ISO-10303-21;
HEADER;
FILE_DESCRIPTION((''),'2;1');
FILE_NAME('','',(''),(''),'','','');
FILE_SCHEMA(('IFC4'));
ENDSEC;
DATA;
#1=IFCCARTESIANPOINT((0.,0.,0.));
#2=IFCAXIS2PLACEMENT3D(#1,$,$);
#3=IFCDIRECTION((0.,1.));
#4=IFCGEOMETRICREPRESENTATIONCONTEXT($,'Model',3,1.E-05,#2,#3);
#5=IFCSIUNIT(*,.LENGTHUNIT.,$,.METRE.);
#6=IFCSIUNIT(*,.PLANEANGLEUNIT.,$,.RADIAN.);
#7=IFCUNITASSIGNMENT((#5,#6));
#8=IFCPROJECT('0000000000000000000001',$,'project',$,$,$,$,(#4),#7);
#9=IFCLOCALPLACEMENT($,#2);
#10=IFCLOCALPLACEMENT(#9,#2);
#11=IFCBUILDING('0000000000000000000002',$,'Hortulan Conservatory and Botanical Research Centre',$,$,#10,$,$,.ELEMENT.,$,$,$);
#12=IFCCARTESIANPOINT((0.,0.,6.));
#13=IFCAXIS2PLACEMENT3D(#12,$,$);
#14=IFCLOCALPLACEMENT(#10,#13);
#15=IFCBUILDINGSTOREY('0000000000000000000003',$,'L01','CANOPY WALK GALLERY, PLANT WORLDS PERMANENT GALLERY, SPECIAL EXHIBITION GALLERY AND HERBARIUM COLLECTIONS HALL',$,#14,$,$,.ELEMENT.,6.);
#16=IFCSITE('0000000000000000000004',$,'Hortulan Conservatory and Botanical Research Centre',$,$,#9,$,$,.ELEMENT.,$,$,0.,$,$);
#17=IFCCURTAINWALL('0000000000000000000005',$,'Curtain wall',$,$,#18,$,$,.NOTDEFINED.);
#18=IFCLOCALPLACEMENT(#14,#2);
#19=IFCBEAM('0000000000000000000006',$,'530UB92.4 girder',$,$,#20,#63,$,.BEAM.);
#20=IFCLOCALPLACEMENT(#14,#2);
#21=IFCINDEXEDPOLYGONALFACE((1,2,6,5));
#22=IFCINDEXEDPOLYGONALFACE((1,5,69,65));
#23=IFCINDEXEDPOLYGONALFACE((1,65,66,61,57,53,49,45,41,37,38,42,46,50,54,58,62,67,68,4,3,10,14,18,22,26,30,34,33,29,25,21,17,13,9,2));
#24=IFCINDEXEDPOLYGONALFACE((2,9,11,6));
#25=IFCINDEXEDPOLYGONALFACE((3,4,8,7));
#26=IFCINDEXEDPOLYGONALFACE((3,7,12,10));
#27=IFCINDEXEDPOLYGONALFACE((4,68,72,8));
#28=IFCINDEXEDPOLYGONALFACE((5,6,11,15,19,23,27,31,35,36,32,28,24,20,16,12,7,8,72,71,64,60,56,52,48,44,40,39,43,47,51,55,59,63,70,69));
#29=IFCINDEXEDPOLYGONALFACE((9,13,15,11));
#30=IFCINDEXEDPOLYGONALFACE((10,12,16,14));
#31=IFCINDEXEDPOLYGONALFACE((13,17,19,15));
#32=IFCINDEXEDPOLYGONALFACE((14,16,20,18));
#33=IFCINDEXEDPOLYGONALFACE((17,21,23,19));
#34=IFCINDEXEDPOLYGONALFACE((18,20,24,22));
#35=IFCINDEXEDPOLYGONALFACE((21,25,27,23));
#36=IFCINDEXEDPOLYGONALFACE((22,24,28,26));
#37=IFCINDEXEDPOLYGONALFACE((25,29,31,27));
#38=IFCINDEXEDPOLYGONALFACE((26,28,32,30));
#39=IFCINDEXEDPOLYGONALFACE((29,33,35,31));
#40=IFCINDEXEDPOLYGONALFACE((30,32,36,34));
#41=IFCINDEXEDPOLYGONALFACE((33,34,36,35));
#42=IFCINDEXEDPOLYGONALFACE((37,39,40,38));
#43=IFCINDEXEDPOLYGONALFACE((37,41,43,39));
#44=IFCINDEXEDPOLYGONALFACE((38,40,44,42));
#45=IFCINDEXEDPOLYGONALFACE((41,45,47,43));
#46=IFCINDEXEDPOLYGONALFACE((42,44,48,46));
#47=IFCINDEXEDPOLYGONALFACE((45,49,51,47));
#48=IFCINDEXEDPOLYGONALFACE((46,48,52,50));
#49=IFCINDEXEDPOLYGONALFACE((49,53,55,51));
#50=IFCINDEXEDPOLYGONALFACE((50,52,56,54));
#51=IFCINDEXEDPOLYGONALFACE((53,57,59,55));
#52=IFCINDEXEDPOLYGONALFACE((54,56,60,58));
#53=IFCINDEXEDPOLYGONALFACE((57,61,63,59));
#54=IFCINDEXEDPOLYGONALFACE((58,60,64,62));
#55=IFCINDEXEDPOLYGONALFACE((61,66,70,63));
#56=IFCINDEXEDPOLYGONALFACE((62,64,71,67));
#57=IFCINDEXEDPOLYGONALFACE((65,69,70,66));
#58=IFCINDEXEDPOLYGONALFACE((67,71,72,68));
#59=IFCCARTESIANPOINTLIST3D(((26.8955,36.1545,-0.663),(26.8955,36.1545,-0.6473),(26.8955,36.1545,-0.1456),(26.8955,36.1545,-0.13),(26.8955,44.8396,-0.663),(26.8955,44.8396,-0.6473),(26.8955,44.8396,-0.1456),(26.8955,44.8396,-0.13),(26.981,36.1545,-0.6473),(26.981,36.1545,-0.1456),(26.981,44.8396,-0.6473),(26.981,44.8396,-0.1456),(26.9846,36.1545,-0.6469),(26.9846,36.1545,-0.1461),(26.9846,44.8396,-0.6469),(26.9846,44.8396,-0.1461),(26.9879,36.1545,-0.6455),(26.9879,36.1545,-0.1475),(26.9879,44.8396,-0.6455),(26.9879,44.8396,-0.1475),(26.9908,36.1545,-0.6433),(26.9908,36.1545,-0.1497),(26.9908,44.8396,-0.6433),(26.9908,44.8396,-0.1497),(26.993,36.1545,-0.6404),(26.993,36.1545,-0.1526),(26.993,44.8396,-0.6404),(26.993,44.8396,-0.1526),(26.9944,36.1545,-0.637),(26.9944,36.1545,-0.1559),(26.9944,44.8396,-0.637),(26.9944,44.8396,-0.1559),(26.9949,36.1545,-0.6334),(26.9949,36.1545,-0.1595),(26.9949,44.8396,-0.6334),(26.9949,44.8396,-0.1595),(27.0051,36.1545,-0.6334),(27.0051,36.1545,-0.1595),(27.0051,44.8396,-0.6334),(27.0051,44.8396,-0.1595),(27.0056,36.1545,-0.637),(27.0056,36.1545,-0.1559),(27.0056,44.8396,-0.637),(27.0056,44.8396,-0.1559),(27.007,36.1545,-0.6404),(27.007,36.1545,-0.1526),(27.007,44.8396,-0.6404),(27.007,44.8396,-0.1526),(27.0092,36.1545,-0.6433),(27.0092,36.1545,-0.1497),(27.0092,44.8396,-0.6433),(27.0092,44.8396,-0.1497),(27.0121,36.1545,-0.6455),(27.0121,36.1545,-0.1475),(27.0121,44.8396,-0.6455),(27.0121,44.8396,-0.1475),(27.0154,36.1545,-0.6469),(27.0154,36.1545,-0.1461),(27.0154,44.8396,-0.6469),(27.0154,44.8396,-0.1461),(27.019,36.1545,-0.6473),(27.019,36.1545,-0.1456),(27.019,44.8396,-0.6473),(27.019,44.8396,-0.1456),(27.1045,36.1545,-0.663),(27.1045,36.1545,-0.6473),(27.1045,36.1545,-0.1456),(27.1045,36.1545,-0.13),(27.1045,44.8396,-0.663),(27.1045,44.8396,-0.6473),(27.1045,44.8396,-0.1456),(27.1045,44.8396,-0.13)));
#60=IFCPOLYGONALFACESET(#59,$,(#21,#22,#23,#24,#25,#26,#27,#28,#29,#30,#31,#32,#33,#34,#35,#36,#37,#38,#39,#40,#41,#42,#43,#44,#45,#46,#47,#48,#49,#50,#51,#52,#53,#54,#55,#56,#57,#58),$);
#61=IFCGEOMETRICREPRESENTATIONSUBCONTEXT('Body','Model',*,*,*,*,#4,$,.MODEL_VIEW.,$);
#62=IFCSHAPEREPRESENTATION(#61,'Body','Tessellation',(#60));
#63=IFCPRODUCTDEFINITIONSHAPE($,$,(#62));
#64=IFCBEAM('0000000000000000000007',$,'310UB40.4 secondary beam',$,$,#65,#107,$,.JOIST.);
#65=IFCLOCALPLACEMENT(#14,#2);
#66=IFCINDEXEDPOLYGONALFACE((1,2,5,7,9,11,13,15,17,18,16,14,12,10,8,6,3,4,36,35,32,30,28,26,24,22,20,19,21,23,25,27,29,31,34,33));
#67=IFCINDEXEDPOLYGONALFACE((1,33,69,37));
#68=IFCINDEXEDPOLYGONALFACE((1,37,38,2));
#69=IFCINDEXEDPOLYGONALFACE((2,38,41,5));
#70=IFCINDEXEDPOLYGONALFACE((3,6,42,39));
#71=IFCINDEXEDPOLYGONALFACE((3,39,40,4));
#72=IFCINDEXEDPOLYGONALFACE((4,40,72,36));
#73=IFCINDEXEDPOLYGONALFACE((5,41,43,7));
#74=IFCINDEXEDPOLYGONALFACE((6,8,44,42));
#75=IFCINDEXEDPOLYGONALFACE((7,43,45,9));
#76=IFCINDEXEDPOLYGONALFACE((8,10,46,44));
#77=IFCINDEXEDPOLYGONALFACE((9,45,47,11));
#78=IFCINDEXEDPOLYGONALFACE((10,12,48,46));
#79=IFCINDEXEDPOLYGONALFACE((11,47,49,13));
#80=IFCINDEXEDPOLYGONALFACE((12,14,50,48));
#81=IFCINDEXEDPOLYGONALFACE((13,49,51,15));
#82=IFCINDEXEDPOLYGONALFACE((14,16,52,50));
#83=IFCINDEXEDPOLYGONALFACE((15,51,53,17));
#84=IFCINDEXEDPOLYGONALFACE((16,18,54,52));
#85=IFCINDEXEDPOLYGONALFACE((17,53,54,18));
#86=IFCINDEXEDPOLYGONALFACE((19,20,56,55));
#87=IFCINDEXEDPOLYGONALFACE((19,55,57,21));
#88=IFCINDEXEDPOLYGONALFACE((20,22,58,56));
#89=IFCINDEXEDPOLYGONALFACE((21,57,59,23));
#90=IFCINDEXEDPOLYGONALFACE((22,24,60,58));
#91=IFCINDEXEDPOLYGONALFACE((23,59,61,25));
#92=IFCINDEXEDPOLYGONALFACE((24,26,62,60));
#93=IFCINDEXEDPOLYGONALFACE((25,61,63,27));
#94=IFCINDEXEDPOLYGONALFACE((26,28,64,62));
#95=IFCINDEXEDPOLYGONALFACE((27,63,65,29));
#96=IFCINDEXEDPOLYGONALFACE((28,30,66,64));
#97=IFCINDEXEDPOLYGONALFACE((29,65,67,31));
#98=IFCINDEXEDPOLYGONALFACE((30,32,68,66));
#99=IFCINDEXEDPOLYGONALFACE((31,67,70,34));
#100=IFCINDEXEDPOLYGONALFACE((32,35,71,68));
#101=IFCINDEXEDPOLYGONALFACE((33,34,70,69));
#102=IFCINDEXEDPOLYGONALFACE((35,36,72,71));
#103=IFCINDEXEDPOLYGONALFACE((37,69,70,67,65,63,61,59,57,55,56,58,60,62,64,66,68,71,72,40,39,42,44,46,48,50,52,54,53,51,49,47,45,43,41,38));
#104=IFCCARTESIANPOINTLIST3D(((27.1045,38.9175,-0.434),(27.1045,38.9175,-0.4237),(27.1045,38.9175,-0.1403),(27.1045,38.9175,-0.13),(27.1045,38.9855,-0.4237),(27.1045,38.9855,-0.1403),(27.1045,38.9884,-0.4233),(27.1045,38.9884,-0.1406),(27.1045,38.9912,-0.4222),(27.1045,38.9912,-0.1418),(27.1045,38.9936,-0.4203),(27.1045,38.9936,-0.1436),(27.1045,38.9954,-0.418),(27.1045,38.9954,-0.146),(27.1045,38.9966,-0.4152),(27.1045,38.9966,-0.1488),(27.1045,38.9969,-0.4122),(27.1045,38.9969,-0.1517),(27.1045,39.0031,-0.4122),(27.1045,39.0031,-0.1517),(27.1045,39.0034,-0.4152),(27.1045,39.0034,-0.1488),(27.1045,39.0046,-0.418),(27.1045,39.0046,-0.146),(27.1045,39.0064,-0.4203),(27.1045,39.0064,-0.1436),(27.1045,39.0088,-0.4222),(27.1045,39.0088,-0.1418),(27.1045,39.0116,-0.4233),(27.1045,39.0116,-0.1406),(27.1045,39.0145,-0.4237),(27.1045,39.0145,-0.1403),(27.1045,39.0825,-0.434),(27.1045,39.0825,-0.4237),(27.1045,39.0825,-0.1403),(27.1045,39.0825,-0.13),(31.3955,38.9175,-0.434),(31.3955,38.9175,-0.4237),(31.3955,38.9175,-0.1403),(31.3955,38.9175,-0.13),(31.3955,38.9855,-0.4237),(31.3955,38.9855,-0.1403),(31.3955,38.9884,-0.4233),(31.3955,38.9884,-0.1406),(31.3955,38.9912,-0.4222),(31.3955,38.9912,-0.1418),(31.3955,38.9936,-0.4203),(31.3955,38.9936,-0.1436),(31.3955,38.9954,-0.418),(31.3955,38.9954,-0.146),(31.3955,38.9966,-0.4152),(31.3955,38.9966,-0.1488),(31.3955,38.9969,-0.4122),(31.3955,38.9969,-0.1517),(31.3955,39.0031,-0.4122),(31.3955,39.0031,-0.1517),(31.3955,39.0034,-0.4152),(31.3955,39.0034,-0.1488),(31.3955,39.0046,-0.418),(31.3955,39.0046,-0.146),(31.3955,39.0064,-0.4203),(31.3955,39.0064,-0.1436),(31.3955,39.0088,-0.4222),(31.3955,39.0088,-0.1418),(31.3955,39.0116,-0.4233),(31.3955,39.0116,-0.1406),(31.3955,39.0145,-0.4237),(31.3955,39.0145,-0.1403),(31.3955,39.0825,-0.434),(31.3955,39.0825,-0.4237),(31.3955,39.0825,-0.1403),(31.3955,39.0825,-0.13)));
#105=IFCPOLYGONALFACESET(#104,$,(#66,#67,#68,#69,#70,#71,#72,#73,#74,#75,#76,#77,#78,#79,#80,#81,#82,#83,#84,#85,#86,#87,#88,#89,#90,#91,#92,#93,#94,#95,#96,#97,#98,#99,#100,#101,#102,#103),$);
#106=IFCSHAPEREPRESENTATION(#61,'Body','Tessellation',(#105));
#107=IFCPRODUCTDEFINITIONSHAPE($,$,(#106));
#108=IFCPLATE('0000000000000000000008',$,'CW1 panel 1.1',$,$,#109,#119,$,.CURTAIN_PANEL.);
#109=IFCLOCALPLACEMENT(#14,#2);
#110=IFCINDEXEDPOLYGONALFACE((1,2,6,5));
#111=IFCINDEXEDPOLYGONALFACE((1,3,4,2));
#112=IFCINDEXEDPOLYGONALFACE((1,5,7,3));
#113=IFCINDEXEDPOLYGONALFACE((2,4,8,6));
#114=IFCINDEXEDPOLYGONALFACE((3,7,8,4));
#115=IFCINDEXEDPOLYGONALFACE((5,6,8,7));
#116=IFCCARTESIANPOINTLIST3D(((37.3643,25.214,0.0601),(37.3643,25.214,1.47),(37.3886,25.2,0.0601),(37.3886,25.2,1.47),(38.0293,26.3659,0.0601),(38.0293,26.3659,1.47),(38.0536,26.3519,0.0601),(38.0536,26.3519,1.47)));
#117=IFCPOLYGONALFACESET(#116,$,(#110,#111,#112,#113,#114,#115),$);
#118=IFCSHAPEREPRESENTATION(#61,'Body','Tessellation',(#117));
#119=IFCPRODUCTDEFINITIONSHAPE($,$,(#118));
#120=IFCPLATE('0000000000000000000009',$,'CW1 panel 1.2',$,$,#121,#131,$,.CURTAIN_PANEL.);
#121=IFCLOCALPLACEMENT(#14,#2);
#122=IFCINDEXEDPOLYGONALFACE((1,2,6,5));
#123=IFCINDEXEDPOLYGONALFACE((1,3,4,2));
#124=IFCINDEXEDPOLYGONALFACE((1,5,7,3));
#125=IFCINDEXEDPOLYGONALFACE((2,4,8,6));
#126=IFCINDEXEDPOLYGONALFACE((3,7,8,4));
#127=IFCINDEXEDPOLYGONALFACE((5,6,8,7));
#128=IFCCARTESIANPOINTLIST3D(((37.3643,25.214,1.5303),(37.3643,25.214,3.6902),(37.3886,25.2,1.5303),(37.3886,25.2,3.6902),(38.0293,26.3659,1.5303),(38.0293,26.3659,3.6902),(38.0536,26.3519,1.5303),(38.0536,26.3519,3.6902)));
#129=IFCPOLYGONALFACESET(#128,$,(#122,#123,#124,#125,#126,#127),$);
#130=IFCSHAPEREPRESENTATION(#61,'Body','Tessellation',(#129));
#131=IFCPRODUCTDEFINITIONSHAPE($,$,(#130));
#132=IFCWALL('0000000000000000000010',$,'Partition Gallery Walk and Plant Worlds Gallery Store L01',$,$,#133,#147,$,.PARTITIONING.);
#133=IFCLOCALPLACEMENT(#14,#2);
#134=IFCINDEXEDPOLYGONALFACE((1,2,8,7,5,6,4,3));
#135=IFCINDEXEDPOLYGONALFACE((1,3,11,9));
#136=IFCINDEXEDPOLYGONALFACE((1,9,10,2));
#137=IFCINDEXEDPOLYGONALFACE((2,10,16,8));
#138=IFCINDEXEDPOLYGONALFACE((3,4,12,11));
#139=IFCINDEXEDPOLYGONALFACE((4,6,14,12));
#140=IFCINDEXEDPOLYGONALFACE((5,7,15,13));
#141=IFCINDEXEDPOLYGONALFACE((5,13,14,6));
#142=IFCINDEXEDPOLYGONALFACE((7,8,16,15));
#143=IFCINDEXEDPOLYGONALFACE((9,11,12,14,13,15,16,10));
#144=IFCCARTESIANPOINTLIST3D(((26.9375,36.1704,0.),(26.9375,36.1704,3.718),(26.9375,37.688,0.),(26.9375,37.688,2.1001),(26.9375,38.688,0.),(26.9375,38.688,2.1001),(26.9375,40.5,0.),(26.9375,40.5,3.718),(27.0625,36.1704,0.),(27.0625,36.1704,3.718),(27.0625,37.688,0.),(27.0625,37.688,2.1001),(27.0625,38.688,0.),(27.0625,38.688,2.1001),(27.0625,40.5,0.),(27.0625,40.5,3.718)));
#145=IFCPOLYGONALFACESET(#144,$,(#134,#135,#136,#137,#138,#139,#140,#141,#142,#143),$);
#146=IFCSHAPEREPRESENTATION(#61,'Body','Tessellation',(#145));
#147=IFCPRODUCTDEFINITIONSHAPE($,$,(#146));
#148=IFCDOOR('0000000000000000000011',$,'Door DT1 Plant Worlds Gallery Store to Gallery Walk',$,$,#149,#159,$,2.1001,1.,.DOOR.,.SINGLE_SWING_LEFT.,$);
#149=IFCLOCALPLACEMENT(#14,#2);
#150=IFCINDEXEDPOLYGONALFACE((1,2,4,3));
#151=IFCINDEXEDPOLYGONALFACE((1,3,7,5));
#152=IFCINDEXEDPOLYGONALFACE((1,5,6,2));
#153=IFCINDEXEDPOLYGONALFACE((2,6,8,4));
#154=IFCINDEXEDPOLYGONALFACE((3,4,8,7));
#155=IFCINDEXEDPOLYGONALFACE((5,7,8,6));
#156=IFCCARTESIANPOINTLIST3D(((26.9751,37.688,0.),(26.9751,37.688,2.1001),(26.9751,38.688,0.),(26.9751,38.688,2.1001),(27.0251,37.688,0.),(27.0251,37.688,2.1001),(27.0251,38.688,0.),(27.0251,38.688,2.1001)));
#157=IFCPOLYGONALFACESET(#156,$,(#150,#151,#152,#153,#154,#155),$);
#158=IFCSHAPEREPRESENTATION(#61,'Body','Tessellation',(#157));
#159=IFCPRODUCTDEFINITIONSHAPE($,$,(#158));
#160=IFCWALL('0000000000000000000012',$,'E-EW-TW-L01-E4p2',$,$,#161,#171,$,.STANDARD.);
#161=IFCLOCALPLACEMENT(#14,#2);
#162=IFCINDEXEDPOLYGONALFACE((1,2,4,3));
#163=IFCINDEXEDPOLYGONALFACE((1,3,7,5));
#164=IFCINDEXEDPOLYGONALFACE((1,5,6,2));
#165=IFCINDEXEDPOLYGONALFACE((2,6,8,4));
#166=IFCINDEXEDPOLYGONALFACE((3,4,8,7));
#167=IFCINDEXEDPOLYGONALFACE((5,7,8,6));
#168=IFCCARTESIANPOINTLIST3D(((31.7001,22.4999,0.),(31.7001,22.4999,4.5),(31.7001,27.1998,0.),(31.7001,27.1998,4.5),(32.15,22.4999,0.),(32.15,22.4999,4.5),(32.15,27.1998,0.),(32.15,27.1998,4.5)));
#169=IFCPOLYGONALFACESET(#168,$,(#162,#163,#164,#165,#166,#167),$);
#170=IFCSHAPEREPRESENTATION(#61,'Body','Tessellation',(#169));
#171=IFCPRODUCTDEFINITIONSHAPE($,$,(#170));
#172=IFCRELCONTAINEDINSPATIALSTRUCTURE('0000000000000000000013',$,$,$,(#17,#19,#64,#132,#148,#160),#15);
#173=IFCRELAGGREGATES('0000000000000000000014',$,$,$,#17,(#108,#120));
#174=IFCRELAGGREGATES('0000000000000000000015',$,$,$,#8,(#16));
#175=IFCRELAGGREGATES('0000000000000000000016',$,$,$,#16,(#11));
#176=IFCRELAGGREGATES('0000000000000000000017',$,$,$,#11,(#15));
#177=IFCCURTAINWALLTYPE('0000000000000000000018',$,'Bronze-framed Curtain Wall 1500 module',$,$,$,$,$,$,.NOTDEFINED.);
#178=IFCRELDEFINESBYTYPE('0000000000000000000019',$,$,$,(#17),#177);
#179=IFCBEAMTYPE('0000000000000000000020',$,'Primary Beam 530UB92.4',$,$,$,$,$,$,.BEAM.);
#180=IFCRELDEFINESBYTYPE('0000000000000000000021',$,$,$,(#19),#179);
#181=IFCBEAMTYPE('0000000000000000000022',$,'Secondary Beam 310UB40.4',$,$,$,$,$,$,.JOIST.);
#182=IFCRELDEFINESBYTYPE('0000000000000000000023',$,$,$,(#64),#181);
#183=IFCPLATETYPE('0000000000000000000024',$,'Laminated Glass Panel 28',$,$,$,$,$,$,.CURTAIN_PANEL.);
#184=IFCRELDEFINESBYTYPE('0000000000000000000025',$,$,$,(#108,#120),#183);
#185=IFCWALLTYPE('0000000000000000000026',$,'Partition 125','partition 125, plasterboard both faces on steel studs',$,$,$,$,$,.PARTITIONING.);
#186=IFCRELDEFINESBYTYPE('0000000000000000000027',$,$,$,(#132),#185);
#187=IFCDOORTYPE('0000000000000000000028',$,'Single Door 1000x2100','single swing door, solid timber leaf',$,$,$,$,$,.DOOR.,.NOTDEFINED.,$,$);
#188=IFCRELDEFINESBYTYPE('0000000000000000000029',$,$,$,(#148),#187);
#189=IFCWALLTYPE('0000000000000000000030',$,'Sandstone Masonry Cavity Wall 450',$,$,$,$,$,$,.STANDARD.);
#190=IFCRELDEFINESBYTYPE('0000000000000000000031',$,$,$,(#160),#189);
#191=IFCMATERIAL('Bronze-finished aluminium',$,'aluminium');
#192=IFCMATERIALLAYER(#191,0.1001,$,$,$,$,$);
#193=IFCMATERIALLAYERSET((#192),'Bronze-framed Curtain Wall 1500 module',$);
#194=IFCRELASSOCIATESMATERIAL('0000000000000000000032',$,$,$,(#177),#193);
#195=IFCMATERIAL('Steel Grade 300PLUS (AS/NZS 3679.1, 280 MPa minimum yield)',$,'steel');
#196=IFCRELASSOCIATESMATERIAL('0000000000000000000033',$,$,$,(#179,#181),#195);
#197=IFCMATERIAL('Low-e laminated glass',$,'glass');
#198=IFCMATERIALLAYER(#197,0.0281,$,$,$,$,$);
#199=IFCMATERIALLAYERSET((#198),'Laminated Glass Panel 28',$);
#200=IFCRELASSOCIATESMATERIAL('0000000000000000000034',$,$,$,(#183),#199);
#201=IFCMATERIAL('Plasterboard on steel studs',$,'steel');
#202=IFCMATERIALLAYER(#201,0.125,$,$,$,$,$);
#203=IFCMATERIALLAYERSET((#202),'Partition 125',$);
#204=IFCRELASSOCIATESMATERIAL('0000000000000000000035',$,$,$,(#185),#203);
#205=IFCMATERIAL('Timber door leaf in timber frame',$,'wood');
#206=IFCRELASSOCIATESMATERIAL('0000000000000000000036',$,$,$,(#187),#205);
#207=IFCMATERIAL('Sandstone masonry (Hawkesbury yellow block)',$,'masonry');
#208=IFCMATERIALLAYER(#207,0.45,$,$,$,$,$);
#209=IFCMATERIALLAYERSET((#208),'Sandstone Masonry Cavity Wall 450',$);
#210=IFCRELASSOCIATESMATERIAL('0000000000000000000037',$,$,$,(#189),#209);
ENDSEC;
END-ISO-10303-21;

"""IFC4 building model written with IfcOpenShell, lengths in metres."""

from ifc_helpers import new_model, si_unit, direction, frame, frame_2d, origin, origin_2d, place, context, subcontext, project, spatial, rectangle, i_section, extrude, material, layer, layer_set, material_profile, profile_set, type_object, element, fill, aggregate, save


model = new_model("IFC4")

# Units and contexts
model_context = context("Model", 3, precision=1e-05, world=origin(), true_north=direction((0.0, 1.0)))
body_context = subcontext(model_context, "Body", "Model", "MODEL_VIEW")
ifc_project = project(units=[si_unit("LENGTHUNIT", "METRE"), si_unit("PLANEANGLEUNIT", "RADIAN")], contexts=[model_context])

# Site, building, storey
site_placement = place(None, origin())
site = spatial("IfcSite", under=ifc_project, at=site_placement, Name="Hortulan Conservatory and Botanical Research Centre", CompositionType="ELEMENT", RefElevation=0.0)
building_placement = place(site_placement, origin())
building = spatial("IfcBuilding", under=site, at=building_placement, Name="Hortulan Conservatory and Botanical Research Centre", CompositionType="ELEMENT")
storey_placement = place(building_placement, frame((0.0, 0.0, 6.0)))
storey = spatial("IfcBuildingStorey", under=building, at=storey_placement, Name="L01", Description="CANOPY WALK GALLERY, PLANT WORLDS PERMANENT GALLERY, SPECIAL EXHIBITION GALLERY AND HERBARIUM COLLECTIONS HALL", CompositionType="ELEMENT", Elevation=6.0)

# Shared definitions
ifc_material_1 = material(Name="Steel Grade 300PLUS (AS/NZS 3679.1, 280 MPa minimum yield)", Category="steel")

# Curtain wall
ifc_material_2 = material(Name="Bronze-finished aluminium", Category="aluminium")
ifc_layer_1 = layer(ifc_material_2, 0.1001)
ifc_layer_set_1 = layer_set([ifc_layer_1], Name="Bronze-framed Curtain Wall 1500 module")
curtain_wall_type = type_object("IfcCurtainWallType", Name="Bronze-framed Curtain Wall 1500 module", PredefinedType="NOTDEFINED", material=ifc_layer_set_1)
curtain_wall_placement = place(storey_placement, origin())
curtain_wall = element("IfcCurtainWall", 1, at=curtain_wall_placement, inside=storey, type_object=curtain_wall_type, Name="Curtain wall", PredefinedType="NOTDEFINED")

# Beams
ifc_material_profile_1 = material_profile(ifc_material_1, i_section(OverallWidth=0.209, OverallDepth=0.533, WebThickness=0.0103, FlangeThickness=0.0156, FilletRadius=0.0139, at=origin_2d()), Name="530UB92.4")
ifc_profile_set_1 = profile_set([ifc_material_profile_1], Name="Steel Grade 300PLUS (AS/NZS 3679.1, 280 MPa minimum yield)")
beam_type_1 = type_object("IfcBeamType", Name="Primary Beam 530UB92.4", PredefinedType="BEAM", material=ifc_profile_set_1)
beam_1_placement = place(storey_placement, frame((27.0, 36.1545, -0.3965), z_axis=(0.0, 1.0, 0.0), x_axis=(-1.0, 0.0, 0.0)))
element("IfcBeam", 2, at=beam_1_placement, inside=storey, type_object=beam_type_1, Name="530UB92.4 girder", PredefinedType="BEAM", context=body_context, shape_type="SweptSolid", body=[
    extrude(i_section(OverallWidth=0.209, OverallDepth=0.533, WebThickness=0.0103, FlangeThickness=0.0156, FilletRadius=0.0139, at=origin_2d()), origin(), (0.0, 0.0, 1.0), 8.6851),
])
ifc_material_profile_2 = material_profile(ifc_material_1, i_section(OverallWidth=0.165, OverallDepth=0.304, WebThickness=0.0061, FlangeThickness=0.0103, FilletRadius=0.0115, at=origin_2d()), Name="310UB40.4")
ifc_profile_set_2 = profile_set([ifc_material_profile_2], Name="Steel Grade 300PLUS (AS/NZS 3679.1, 280 MPa minimum yield)")
beam_type_2 = type_object("IfcBeamType", Name="Secondary Beam 310UB40.4", PredefinedType="JOIST", material=ifc_profile_set_2)
beam_2_placement = place(storey_placement, frame((27.1045, 39.0, -0.282), z_axis=(1.0, 0.0, 0.0), x_axis=(0.0, 1.0, 0.0)))
element("IfcBeam", 3, at=beam_2_placement, inside=storey, type_object=beam_type_2, Name="310UB40.4 secondary beam", PredefinedType="JOIST", context=body_context, shape_type="SweptSolid", body=[
    extrude(i_section(OverallWidth=0.165, OverallDepth=0.304, WebThickness=0.0061, FlangeThickness=0.0103, FilletRadius=0.0115, at=origin_2d()), origin(), (0.0, 0.0, 1.0), 4.291),
])

# Plates
ifc_material_3 = material(Name="Low-e laminated glass", Category="glass")
ifc_layer_2 = layer(ifc_material_3, 0.0281)
ifc_layer_set_2 = layer_set([ifc_layer_2], Name="Laminated Glass Panel 28")
plate_type = type_object("IfcPlateType", Name="Laminated Glass Panel 28", PredefinedType="CURTAIN_PANEL", material=ifc_layer_set_2)
plate_1_placement = place(storey_placement, frame((37.709, 25.783, 0.0601), z_axis=(0.0, 0.0, 1.0), x_axis=(0.499981, 0.866036, 0.0)))
plate_1 = element("IfcPlate", 4, at=plate_1_placement, type_object=plate_type, Name="CW1 panel 1.1", PredefinedType="CURTAIN_PANEL", context=body_context, shape_type="SweptSolid", body=[
    extrude(rectangle(XDim=1.3301, YDim=0.0281, at=origin_2d()), origin(), (0.0, 0.0, 1.0), 1.4099),
])
plate_2_placement = place(storey_placement, frame((37.709, 25.783, 1.5303), z_axis=(0.0, 0.0, 1.0), x_axis=(0.499981, 0.866036, 0.0)))
plate_2 = element("IfcPlate", 5, at=plate_2_placement, type_object=plate_type, Name="CW1 panel 1.2", PredefinedType="CURTAIN_PANEL", context=body_context, shape_type="SweptSolid", body=[
    extrude(rectangle(XDim=1.3301, YDim=0.0281, at=origin_2d()), origin(), (0.0, 0.0, 1.0), 2.1599),
])
aggregate(curtain_wall, [plate_1, plate_2])

# Wall, opening, door
ifc_material_4 = material(Name="Plasterboard on steel studs", Category="steel")
ifc_layer_3 = layer(ifc_material_4, 0.125)
ifc_layer_set_3 = layer_set([ifc_layer_3], Name="Partition 125")
wall_type_1 = type_object("IfcWallType", Name="Partition 125", Description="partition 125, plasterboard both faces on steel studs", PredefinedType="PARTITIONING", material=ifc_layer_set_3)
wall_1_placement = place(storey_placement, frame((27.0, 36.1704, 0.0), z_axis=(0.0, 0.0, 1.0), x_axis=(0.0, 1.0, 0.0)))
wall_1 = element("IfcWall", 6, at=wall_1_placement, inside=storey, type_object=wall_type_1, Name="Partition Gallery Walk and Plant Worlds Gallery Store L01", PredefinedType="PARTITIONING", context=body_context, shape_type="SweptSolid", body=[
    extrude(rectangle(XDim=4.3296, YDim=0.125, at=frame_2d((2.1648, 0.0))), origin(), (0.0, 0.0, 1.0), 3.718),
])
opening_1_placement = place(wall_1_placement, frame((1.5176, 0.0, 0.0)))
opening_1 = element("IfcOpeningElement", 7, at=opening_1_placement, cuts=wall_1, PredefinedType="OPENING", context=body_context, shape_type="SweptSolid", body=[
    extrude(rectangle(XDim=1.0, YDim=2.1001, at=frame_2d((0.5, 1.05))), frame((0.0, 0.0725, 0.0), z_axis=(0.0, -1.0, 0.0), x_axis=(1.0, 0.0, 0.0)), (0.0, 0.0, 1.0), 0.145),
])
ifc_material_5 = material(Name="Timber door leaf in timber frame", Category="wood")
door_type = type_object("IfcDoorType", Name="Single Door 1000x2100", Description="single swing door, solid timber leaf", OperationType="NOTDEFINED", PredefinedType="DOOR", material=ifc_material_5)
door_placement = place(opening_1_placement, origin())
door = element("IfcDoor", 8, at=door_placement, inside=storey, type_object=door_type, Name="Door DT1 Plant Worlds Gallery Store to Gallery Walk", OperationType="SINGLE_SWING_LEFT", OverallHeight=2.1001, OverallWidth=1.0, PredefinedType="DOOR", context=body_context, shape_type="SweptSolid", body=[
    extrude(rectangle(XDim=1.0, YDim=2.1001, at=frame_2d((0.5, 1.05))), frame((0.0, 0.0249, 0.0), z_axis=(0.0, -1.0, 0.0), x_axis=(1.0, 0.0, 0.0)), (0.0, 0.0, 1.0), 0.05),
])
fill(opening_1, door)

# Wall
ifc_material_6 = material(Name="Sandstone masonry (Hawkesbury yellow block)", Category="masonry")
ifc_layer_4 = layer(ifc_material_6, 0.45)
ifc_layer_set_4 = layer_set([ifc_layer_4], Name="Sandstone Masonry Cavity Wall 450")
wall_type_2 = type_object("IfcWallType", Name="Sandstone Masonry Cavity Wall 450", PredefinedType="STANDARD", material=ifc_layer_set_4)
wall_2_placement = place(storey_placement, frame((31.925, 27.2, 0.0), z_axis=(0.0, 0.0, 1.0), x_axis=(0.0, -1.0, 0.0)))
element("IfcWall", 9, at=wall_2_placement, inside=storey, type_object=wall_type_2, Name="E-EW-TW-L01-E4p2", PredefinedType="STANDARD", context=body_context, shape_type="SweptSolid", body=[
    extrude(rectangle(XDim=4.7, YDim=0.45, at=frame_2d((2.3501, 0.0))), origin(), (0.0, 0.0, 1.0), 4.5),
])

save(model, "model.ifc")
